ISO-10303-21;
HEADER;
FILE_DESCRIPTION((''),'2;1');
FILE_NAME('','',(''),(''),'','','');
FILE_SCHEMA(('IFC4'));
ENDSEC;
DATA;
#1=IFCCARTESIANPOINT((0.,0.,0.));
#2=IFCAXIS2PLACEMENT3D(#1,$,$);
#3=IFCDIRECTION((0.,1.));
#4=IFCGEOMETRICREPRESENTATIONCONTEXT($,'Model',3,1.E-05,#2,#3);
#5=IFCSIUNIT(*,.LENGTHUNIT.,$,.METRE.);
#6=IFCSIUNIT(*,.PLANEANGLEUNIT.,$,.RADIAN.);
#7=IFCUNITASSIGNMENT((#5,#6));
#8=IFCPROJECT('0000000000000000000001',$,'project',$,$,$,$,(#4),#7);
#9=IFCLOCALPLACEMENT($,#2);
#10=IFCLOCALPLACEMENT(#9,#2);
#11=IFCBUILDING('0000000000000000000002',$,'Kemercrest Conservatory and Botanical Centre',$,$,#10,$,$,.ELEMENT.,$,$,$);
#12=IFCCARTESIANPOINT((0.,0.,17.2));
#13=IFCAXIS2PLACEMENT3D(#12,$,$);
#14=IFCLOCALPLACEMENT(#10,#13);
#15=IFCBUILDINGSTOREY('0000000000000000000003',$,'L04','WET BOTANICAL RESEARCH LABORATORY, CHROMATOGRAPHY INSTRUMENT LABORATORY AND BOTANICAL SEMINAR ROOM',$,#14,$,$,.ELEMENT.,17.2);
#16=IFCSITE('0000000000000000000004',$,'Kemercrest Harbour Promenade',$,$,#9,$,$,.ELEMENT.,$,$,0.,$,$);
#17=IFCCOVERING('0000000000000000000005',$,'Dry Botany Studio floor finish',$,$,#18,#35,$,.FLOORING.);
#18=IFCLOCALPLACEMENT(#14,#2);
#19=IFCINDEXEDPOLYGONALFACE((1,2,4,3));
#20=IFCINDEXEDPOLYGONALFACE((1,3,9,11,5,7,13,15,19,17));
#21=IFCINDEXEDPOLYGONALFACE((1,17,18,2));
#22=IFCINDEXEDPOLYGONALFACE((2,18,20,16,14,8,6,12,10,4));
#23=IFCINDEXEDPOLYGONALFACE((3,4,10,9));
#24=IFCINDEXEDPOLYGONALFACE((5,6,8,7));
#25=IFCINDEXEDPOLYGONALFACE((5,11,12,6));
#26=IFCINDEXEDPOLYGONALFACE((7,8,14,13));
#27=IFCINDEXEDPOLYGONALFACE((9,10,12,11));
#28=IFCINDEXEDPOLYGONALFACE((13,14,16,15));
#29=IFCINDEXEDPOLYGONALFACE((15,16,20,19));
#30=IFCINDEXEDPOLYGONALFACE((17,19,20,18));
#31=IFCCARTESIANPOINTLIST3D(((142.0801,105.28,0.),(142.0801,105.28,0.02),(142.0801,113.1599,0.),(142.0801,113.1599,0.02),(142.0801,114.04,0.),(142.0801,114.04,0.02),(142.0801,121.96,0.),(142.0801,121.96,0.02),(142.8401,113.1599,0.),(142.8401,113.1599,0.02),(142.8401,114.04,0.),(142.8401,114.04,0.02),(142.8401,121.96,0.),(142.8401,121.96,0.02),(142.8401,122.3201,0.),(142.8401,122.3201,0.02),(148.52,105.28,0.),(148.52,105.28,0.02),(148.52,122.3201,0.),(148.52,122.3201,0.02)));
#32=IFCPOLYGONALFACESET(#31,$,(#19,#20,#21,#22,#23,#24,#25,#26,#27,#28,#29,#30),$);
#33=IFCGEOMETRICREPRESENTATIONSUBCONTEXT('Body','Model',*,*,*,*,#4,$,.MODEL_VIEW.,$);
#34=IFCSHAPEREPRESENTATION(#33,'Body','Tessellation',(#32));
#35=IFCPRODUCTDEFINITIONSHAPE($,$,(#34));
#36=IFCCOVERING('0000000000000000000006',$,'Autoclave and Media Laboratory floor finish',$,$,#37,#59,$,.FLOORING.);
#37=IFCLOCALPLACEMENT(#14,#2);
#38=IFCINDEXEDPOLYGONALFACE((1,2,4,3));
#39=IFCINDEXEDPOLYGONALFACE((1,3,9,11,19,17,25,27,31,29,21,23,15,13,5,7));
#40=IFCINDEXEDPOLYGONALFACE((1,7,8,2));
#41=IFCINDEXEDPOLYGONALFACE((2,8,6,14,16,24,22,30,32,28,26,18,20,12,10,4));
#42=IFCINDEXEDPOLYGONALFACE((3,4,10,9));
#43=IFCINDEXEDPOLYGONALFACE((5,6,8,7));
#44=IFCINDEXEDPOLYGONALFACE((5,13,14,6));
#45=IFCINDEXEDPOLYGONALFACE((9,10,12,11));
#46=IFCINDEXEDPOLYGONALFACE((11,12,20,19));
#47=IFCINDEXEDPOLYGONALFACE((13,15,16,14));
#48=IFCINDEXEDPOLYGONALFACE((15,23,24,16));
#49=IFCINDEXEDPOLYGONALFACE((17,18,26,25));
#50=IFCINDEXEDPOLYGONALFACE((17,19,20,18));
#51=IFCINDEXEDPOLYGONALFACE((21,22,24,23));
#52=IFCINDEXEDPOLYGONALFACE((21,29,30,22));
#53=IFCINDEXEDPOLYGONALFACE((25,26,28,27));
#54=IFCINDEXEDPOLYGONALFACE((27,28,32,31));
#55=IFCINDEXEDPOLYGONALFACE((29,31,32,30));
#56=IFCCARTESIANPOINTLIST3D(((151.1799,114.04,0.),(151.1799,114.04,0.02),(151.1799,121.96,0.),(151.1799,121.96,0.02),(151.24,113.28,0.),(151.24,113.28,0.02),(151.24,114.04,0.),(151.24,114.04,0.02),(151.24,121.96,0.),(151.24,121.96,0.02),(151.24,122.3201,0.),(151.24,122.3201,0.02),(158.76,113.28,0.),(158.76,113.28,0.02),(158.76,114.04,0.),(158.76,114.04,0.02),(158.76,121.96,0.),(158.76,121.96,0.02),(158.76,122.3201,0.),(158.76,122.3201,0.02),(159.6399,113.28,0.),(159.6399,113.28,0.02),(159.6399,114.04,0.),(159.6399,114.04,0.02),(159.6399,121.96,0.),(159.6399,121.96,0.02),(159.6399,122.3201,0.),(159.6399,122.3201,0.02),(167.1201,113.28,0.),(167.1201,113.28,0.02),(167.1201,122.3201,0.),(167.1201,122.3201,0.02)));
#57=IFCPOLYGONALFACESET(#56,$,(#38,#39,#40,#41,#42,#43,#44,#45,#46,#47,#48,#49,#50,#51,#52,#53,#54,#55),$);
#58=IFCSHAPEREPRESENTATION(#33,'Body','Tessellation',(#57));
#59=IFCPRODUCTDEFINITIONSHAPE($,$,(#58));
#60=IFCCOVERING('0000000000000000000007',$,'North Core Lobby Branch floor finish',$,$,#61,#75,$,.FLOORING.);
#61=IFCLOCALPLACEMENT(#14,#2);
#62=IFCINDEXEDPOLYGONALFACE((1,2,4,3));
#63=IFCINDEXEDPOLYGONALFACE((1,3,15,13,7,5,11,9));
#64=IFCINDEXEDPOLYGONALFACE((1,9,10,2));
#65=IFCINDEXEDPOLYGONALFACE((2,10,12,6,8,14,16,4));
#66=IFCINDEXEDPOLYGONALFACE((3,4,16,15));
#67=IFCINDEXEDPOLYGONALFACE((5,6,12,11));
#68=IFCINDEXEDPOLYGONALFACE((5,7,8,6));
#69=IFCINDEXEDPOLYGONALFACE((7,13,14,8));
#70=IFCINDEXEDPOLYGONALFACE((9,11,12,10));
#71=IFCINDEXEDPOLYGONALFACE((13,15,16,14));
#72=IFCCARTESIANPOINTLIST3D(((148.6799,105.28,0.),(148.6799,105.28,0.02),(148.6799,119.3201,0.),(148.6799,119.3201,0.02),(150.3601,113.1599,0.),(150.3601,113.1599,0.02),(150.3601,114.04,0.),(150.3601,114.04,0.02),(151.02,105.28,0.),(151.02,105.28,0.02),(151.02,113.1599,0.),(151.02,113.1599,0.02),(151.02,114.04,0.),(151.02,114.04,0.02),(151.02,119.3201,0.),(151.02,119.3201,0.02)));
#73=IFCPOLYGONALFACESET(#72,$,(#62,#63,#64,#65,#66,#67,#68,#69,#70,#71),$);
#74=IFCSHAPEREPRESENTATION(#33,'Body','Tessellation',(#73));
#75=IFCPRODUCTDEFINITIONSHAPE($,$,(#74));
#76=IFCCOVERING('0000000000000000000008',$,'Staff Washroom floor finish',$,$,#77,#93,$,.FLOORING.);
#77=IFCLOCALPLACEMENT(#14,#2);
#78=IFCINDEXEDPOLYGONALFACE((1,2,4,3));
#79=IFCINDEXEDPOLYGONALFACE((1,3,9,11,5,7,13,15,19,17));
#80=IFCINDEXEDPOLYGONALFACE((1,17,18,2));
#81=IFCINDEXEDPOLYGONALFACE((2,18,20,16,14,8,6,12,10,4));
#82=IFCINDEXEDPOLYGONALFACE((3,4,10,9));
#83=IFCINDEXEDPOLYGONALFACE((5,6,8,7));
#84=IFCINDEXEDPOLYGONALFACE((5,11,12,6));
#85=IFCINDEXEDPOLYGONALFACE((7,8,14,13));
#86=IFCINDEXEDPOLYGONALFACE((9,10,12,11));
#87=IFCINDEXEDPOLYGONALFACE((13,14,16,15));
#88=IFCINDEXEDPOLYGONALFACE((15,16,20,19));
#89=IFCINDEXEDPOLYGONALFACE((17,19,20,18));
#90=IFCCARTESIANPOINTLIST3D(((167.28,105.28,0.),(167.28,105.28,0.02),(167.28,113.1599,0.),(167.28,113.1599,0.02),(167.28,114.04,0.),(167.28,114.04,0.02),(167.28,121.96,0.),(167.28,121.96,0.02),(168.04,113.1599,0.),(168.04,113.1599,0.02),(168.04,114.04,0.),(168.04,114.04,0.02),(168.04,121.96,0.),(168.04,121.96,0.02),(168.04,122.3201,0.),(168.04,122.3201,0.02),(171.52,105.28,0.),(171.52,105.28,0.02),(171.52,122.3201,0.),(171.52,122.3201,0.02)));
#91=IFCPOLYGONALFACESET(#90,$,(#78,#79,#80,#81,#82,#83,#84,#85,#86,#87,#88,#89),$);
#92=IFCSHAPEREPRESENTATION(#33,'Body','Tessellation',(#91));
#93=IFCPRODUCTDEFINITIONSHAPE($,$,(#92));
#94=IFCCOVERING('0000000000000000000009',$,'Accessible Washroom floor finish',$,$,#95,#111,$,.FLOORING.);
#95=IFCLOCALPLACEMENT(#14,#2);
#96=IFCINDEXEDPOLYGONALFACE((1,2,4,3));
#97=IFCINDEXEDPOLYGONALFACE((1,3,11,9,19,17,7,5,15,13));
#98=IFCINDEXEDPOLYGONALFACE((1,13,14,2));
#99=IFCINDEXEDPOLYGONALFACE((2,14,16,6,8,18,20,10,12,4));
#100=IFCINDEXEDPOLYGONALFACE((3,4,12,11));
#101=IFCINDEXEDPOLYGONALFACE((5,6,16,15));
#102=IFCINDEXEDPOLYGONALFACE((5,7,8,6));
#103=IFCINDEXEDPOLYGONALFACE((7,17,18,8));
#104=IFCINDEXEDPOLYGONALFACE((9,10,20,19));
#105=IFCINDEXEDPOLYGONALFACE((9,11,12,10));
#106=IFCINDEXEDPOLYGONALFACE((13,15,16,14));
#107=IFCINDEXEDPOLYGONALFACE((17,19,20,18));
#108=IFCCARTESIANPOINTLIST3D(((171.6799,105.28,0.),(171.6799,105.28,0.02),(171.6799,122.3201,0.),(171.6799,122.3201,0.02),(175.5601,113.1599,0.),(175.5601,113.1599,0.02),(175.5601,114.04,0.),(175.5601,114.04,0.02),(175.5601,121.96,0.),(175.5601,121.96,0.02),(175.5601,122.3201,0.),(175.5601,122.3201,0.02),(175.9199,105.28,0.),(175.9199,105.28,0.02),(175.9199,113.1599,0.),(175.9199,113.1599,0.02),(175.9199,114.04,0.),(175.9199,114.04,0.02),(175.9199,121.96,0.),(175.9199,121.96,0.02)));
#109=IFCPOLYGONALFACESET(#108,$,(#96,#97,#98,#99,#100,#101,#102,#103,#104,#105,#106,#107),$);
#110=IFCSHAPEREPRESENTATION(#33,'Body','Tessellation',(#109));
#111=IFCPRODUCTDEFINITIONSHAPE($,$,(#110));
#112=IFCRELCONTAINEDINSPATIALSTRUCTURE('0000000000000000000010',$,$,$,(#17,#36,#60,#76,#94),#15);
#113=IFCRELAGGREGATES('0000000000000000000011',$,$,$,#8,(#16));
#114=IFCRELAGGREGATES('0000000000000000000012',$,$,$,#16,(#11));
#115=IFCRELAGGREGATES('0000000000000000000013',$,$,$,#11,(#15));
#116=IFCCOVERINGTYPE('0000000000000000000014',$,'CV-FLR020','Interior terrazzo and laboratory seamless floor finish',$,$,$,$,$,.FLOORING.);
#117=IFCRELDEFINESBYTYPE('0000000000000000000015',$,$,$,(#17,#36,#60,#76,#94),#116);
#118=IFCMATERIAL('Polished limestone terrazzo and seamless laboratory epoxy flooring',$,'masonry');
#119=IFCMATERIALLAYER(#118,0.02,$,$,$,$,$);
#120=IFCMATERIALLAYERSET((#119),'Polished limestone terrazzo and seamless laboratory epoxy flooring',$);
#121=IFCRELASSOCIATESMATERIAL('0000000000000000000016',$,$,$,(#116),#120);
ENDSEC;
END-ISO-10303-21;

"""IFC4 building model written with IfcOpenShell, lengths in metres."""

from ifc_helpers import new_model, si_unit, direction, frame, origin, place, context, subcontext, project, spatial, polyline, outline, extrude, material, layer, layer_set, type_object, element, save


model = new_model("IFC4")

# Units and contexts
model_context = context("Model", 3, precision=1e-05, world=origin(), true_north=direction((0.0, 1.0)))
body_context = subcontext(model_context, "Body", "Model", "MODEL_VIEW")
ifc_project = project(units=[si_unit("LENGTHUNIT", "METRE"), si_unit("PLANEANGLEUNIT", "RADIAN")], contexts=[model_context])

# Site, building, storey
site_placement = place(None, origin())
site = spatial("IfcSite", under=ifc_project, at=site_placement, Name="Kemercrest Harbour Promenade", CompositionType="ELEMENT", RefElevation=0.0)
building_placement = place(site_placement, origin())
building = spatial("IfcBuilding", under=site, at=building_placement, Name="Kemercrest Conservatory and Botanical Centre", CompositionType="ELEMENT")
storey_placement = place(building_placement, frame((0.0, 0.0, 17.2)))
storey = spatial("IfcBuildingStorey", under=building, at=storey_placement, Name="L04", Description="WET BOTANICAL RESEARCH LABORATORY, CHROMATOGRAPHY INSTRUMENT LABORATORY AND BOTANICAL SEMINAR ROOM", CompositionType="ELEMENT", Elevation=17.2)

# Coverings
ifc_material_1 = material(Name="Polished limestone terrazzo and seamless laboratory epoxy flooring", Category="masonry")
ifc_layer_1 = layer(ifc_material_1, 0.02)
ifc_layer_set_1 = layer_set([ifc_layer_1], Name="Polished limestone terrazzo and seamless laboratory epoxy flooring")
covering_type_1 = type_object("IfcCoveringType", Name="CV-FLR020", Description="Interior terrazzo and laboratory seamless floor finish", PredefinedType="FLOORING", material=ifc_layer_set_1)
covering_1_placement = place(storey_placement, origin())
element("IfcCovering", 1, at=covering_1_placement, inside=storey, type_object=covering_type_1, Name="Dry Botany Studio floor finish", PredefinedType="FLOORING", context=body_context, shape_type="SweptSolid", body=[
    extrude(outline(polyline([(142.0801, 105.28), (148.52, 105.28), (148.52, 122.3201), (142.8401, 122.3201), (142.8401, 121.96), (142.0801, 121.96), (142.0801, 114.04), (142.8401, 114.04), (142.8401, 113.1599), (142.0801, 113.1599), (142.0801, 105.28)])), origin(), (0.0, 0.0, 1.0), 0.02),
])
covering_2_placement = place(storey_placement, origin())
element("IfcCovering", 2, at=covering_2_placement, inside=storey, type_object=covering_type_1, Name="Autoclave and Media Laboratory floor finish", PredefinedType="FLOORING", context=body_context, shape_type="SweptSolid", body=[
    extrude(outline(polyline([(159.6399, 113.28), (167.1201, 113.28), (167.1201, 122.3201), (159.6399, 122.3201), (159.6399, 121.96), (158.76, 121.96), (158.76, 122.3201), (151.24, 122.3201), (151.24, 121.96), (151.1799, 121.96), (151.1799, 114.04), (151.24, 114.04), (151.24, 113.28), (158.76, 113.28), (158.76, 114.04), (159.6399, 114.04), (159.6399, 113.28)])), origin(), (0.0, 0.0, 1.0), 0.02),
])
covering_3_placement = place(storey_placement, origin())
element("IfcCovering", 3, at=covering_3_placement, inside=storey, type_object=covering_type_1, Name="North Core Lobby Branch floor finish", PredefinedType="FLOORING", context=body_context, shape_type="SweptSolid", body=[
    extrude(outline(polyline([(148.6799, 105.28), (151.02, 105.28), (151.02, 113.1599), (150.3601, 113.1599), (150.3601, 114.04), (151.02, 114.04), (151.02, 119.3201), (148.6799, 119.3201), (148.6799, 105.28)])), origin(), (0.0, 0.0, 1.0), 0.02),
])
covering_4_placement = place(storey_placement, origin())
element("IfcCovering", 4, at=covering_4_placement, inside=storey, type_object=covering_type_1, Name="Staff Washroom floor finish", PredefinedType="FLOORING", context=body_context, shape_type="SweptSolid", body=[
    extrude(outline(polyline([(167.28, 105.28), (171.52, 105.28), (171.52, 122.3201), (168.04, 122.3201), (168.04, 121.96), (167.28, 121.96), (167.28, 114.04), (168.04, 114.04), (168.04, 113.1599), (167.28, 113.1599), (167.28, 105.28)])), origin(), (0.0, 0.0, 1.0), 0.02),
])
covering_5_placement = place(storey_placement, origin())
element("IfcCovering", 5, at=covering_5_placement, inside=storey, type_object=covering_type_1, Name="Accessible Washroom floor finish", PredefinedType="FLOORING", context=body_context, shape_type="SweptSolid", body=[
    extrude(outline(polyline([(171.6799, 105.28), (175.9199, 105.28), (175.9199, 113.1599), (175.5601, 113.1599), (175.5601, 114.04), (175.9199, 114.04), (175.9199, 121.96), (175.5601, 121.96), (175.5601, 122.3201), (171.6799, 122.3201), (171.6799, 105.28)])), origin(), (0.0, 0.0, 1.0), 0.02),
])

save(model, "model.ifc")
